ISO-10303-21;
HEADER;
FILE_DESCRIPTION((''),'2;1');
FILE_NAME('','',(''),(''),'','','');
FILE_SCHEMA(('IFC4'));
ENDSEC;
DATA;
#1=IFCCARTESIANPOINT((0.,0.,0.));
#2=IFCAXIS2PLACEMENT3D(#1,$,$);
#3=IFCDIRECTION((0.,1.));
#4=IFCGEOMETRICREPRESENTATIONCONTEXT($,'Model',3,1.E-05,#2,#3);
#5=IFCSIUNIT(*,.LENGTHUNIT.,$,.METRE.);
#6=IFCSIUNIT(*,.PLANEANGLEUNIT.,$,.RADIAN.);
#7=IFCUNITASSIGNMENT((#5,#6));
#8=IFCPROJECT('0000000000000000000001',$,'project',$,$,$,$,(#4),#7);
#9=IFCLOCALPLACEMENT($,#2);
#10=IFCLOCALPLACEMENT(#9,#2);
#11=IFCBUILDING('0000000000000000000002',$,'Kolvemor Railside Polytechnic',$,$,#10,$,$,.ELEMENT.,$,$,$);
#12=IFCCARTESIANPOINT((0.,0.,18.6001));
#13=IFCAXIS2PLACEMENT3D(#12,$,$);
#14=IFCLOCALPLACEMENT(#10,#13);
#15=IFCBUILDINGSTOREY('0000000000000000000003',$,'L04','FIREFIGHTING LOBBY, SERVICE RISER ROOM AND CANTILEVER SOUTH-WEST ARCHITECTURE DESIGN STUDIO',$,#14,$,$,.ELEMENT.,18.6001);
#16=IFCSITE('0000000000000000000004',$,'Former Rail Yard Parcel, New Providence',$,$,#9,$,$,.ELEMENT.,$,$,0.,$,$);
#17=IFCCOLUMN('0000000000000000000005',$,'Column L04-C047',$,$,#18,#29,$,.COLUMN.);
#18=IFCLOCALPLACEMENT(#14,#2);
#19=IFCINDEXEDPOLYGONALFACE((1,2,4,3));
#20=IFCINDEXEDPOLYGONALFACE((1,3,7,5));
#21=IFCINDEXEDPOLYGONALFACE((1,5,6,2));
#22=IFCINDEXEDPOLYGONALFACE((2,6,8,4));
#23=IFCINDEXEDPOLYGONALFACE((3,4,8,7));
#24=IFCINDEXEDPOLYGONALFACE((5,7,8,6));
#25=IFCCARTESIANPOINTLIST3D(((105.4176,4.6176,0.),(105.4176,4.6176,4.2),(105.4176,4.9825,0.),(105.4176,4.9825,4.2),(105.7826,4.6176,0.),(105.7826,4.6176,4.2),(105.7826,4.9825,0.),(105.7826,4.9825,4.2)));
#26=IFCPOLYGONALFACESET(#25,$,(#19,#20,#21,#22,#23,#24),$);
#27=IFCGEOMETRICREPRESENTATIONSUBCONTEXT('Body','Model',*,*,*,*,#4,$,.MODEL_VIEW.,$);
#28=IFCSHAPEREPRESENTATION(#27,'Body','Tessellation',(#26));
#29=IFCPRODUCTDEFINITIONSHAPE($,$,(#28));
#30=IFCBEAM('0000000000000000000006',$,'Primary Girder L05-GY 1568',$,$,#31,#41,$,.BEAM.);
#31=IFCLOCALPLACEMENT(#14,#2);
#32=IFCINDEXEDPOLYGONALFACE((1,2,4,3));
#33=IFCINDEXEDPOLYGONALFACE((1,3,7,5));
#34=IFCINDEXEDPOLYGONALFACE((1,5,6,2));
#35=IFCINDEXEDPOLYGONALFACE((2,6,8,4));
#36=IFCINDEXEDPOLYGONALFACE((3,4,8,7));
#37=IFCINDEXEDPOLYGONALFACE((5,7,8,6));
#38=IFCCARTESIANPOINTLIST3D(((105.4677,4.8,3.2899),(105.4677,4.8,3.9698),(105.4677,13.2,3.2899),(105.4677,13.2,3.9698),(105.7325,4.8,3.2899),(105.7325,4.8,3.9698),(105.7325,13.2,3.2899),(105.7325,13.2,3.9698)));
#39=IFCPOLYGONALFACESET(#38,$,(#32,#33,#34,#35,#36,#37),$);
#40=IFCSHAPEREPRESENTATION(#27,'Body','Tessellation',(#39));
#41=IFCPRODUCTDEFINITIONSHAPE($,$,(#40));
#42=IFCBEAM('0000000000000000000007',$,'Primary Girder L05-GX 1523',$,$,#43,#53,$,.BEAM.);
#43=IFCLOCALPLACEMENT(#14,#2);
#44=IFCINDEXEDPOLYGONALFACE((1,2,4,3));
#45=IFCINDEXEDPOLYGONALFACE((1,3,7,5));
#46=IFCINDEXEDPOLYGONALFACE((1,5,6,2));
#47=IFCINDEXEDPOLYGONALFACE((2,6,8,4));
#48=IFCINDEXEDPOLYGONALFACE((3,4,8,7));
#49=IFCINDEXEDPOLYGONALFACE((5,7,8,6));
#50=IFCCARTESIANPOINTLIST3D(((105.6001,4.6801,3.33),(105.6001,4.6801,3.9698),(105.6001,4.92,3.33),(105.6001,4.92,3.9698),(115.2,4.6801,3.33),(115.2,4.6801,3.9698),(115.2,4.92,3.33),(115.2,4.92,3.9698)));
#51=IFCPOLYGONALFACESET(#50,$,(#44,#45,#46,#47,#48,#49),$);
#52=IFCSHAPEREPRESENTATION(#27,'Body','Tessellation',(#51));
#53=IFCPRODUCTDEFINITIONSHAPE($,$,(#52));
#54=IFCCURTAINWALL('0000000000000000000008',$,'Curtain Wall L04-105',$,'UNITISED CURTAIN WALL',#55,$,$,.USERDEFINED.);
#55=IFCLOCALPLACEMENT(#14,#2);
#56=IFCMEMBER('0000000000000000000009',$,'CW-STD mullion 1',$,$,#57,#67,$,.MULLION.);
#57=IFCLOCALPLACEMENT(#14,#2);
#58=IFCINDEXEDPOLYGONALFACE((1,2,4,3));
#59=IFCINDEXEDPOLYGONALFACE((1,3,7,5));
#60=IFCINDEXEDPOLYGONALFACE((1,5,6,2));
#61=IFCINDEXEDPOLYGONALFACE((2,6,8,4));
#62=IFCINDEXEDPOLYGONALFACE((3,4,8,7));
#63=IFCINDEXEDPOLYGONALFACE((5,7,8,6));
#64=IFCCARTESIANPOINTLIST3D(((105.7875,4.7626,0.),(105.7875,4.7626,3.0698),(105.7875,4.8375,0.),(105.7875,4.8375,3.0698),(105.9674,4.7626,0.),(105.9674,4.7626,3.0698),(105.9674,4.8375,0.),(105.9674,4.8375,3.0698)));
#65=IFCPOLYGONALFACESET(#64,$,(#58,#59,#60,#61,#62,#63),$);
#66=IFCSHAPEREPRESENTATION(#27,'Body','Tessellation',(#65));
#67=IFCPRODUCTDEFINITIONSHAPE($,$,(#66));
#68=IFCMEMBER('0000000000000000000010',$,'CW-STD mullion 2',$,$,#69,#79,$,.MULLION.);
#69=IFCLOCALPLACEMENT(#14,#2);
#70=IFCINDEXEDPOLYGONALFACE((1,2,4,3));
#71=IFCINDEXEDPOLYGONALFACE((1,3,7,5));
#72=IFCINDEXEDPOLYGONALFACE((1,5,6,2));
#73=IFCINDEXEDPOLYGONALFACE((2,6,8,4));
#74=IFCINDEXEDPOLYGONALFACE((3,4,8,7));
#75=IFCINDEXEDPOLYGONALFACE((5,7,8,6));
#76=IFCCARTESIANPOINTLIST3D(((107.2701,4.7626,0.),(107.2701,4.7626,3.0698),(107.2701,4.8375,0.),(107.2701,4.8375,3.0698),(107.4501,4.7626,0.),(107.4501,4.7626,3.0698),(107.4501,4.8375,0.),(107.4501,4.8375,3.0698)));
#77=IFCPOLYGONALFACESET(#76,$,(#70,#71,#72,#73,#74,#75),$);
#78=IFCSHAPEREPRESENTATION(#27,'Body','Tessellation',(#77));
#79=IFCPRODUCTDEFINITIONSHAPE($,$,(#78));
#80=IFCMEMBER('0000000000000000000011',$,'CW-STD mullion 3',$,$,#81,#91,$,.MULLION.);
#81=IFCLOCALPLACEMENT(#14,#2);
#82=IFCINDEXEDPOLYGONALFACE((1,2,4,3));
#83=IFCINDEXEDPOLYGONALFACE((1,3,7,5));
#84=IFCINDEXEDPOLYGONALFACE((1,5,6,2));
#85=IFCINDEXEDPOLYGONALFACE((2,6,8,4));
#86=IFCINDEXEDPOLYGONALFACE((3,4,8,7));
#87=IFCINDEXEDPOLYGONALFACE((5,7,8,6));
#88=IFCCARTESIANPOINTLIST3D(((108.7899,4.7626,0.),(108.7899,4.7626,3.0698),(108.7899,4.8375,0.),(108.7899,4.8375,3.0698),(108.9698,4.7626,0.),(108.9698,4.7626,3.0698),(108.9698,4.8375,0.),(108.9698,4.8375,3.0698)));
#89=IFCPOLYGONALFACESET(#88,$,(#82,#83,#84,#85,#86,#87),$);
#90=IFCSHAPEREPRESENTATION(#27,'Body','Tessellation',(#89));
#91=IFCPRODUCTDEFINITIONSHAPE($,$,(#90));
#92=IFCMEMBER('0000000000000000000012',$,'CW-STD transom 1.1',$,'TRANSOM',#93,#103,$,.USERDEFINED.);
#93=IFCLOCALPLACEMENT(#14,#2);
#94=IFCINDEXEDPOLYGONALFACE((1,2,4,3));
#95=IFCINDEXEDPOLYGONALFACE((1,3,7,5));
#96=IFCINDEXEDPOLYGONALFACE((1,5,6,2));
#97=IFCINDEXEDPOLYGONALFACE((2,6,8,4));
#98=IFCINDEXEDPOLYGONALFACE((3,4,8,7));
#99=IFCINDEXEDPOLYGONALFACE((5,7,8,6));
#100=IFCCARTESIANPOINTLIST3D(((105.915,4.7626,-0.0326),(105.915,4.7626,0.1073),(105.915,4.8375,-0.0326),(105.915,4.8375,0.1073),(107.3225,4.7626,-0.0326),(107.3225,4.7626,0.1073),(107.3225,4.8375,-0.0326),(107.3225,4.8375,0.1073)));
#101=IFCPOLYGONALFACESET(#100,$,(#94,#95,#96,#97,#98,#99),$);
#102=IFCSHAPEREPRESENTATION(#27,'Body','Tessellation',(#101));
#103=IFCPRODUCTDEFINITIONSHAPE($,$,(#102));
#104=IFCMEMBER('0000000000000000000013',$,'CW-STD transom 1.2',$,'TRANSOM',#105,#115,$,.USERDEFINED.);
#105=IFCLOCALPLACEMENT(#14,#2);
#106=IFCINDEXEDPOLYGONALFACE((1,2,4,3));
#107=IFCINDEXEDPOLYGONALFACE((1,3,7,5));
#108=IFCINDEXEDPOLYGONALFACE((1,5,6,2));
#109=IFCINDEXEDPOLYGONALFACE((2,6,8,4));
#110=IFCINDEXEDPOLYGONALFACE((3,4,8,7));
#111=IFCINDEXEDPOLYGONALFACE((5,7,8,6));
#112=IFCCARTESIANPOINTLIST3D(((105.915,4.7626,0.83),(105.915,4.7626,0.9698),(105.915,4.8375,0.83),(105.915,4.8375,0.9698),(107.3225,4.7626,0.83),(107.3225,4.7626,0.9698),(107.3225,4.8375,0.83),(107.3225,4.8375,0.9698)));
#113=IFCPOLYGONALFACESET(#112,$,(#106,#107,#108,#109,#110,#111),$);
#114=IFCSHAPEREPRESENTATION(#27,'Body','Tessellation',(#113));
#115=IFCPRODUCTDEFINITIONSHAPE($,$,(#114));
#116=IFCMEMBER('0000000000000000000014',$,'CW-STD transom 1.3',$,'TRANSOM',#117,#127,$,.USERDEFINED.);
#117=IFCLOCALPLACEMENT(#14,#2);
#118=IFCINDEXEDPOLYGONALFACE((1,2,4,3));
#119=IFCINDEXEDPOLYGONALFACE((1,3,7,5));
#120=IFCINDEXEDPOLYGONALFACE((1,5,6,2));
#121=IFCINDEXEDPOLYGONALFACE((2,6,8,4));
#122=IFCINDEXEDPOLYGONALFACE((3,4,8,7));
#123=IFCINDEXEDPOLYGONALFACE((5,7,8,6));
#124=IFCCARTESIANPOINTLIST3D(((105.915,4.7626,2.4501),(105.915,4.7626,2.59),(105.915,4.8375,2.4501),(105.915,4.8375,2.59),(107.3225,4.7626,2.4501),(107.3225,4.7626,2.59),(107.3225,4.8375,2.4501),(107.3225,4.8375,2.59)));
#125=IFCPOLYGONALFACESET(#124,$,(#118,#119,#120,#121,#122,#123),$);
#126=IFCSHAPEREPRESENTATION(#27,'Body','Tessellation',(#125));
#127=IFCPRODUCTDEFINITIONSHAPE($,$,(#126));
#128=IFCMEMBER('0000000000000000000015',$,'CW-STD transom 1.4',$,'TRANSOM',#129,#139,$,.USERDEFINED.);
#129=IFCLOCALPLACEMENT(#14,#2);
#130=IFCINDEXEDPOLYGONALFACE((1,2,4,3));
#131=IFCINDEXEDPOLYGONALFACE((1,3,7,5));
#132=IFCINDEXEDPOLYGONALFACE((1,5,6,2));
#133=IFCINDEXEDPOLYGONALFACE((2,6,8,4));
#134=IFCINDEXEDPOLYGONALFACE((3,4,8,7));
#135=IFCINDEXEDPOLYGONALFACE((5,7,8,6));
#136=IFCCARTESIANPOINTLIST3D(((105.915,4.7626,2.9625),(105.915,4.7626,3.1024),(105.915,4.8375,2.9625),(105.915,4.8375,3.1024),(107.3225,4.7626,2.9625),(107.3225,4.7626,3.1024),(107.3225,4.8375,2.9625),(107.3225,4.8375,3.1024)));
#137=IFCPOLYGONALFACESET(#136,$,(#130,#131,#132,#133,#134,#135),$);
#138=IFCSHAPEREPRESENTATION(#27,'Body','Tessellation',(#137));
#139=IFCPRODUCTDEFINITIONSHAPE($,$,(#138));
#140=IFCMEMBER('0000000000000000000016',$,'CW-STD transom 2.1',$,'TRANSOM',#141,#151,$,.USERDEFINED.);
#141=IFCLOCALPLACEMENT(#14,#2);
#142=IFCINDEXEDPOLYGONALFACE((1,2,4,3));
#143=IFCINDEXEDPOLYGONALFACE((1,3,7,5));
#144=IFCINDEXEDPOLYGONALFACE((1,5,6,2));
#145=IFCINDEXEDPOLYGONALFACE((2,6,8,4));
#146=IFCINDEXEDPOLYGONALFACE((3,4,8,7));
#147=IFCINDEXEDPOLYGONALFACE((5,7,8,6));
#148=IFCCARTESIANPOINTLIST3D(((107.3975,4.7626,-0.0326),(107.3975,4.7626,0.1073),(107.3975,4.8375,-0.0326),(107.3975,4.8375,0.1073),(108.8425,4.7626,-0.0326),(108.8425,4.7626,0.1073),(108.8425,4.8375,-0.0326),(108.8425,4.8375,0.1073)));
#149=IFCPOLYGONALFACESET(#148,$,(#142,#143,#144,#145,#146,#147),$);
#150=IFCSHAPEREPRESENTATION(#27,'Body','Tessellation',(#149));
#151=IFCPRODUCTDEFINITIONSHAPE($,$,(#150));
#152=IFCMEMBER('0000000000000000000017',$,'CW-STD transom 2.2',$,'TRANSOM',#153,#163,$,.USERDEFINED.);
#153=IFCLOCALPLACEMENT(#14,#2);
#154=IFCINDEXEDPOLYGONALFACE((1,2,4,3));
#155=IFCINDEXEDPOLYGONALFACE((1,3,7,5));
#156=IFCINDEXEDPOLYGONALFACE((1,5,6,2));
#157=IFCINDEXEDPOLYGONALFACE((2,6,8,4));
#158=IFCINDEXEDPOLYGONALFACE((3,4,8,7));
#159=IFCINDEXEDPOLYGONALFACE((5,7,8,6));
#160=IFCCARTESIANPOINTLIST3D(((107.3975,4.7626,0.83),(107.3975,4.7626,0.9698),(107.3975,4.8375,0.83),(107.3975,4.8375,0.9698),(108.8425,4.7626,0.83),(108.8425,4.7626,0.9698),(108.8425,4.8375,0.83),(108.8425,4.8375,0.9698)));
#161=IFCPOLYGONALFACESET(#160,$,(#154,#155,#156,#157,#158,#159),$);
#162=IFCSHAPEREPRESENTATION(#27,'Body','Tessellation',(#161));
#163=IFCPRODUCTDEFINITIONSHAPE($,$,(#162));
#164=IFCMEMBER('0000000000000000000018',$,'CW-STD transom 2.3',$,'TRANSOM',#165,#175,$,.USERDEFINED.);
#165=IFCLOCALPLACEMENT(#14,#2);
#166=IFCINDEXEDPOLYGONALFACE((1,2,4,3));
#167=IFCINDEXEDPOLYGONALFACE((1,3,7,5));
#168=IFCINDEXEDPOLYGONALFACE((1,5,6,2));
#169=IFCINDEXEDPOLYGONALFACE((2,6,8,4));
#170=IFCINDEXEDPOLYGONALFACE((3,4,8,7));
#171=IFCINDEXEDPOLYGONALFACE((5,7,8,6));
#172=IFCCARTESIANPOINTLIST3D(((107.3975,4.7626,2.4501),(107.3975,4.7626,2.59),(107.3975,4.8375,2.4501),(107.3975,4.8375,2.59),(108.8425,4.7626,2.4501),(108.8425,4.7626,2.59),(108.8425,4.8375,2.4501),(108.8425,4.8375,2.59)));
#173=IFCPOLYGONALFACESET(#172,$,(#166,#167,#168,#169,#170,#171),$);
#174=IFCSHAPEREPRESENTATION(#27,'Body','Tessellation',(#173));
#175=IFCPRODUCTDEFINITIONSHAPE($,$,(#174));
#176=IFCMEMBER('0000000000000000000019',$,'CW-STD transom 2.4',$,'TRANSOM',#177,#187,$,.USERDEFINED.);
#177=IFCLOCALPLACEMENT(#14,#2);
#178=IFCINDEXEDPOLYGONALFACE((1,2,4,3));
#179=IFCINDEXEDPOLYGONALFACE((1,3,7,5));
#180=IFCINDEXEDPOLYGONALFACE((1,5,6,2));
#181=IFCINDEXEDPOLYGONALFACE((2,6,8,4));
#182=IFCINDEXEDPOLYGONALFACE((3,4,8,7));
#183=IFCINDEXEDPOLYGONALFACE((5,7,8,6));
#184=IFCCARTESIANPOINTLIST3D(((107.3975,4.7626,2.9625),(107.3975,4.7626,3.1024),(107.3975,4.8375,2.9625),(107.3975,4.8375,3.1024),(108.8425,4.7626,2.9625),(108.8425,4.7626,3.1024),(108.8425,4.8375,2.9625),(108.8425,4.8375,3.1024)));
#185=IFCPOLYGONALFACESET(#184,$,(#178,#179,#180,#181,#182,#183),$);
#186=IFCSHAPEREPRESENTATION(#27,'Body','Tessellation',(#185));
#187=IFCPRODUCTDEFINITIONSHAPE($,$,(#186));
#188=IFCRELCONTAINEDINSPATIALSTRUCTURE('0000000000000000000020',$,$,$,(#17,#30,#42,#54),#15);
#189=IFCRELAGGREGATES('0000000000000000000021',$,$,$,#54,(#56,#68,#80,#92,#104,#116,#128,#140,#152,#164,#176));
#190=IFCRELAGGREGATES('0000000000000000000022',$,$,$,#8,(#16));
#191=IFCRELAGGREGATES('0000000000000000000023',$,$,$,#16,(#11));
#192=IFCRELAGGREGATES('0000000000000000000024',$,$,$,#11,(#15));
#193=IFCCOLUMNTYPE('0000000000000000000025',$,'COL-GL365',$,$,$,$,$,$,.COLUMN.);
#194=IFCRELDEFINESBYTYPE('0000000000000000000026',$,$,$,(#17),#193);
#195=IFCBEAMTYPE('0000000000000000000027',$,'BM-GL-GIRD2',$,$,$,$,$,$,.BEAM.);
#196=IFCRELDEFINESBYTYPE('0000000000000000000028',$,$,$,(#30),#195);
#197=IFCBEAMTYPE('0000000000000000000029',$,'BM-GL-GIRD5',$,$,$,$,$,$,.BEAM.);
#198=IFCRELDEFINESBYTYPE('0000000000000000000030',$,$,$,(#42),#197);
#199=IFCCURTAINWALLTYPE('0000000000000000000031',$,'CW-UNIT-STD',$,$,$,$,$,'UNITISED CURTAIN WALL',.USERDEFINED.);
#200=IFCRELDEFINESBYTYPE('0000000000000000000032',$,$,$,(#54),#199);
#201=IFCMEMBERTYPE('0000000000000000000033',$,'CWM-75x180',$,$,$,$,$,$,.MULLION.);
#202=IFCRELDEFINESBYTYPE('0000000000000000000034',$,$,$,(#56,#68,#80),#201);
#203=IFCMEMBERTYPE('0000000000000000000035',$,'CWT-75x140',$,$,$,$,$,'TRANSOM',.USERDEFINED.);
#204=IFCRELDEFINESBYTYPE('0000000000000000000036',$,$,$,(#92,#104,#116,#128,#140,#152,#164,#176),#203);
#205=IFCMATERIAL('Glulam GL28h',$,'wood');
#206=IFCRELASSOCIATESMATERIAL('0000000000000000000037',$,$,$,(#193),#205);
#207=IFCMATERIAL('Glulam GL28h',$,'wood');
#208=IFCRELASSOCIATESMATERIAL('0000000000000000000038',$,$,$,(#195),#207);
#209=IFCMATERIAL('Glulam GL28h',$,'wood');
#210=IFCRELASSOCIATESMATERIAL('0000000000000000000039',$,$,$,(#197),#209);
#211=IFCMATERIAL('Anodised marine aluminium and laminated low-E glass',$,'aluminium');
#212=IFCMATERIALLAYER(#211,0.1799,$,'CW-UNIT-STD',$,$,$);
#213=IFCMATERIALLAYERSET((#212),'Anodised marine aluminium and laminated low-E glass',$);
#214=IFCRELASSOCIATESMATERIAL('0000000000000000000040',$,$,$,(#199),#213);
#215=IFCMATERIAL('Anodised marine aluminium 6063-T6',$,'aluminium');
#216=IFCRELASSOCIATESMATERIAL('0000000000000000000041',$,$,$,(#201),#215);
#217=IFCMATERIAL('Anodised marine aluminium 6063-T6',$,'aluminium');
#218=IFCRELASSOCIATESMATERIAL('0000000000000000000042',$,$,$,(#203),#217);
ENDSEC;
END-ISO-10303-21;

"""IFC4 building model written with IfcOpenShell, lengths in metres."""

from ifc_helpers import new_model, si_unit, direction, frame, origin, origin_2d, place, context, subcontext, project, spatial, rectangle, extrude, material, layer, layer_set, material_profile, profile_set, type_object, element, aggregate, save


model = new_model("IFC4")

# Units and contexts
model_context = context("Model", 3, precision=1e-05, world=origin(), true_north=direction((0.0, 1.0)))
body_context = subcontext(model_context, "Body", "Model", "MODEL_VIEW")
ifc_project = project(units=[si_unit("LENGTHUNIT", "METRE"), si_unit("PLANEANGLEUNIT", "RADIAN")], contexts=[model_context])

# Site, building, storey
site_placement = place(None, origin())
site = spatial("IfcSite", under=ifc_project, at=site_placement, Name="Former Rail Yard Parcel, New Providence", CompositionType="ELEMENT", RefElevation=0.0)
building_placement = place(site_placement, origin())
building = spatial("IfcBuilding", under=site, at=building_placement, Name="Kolvemor Railside Polytechnic", CompositionType="ELEMENT")
storey_placement = place(building_placement, frame((0.0, 0.0, 18.6001)))
storey = spatial("IfcBuildingStorey", under=building, at=storey_placement, Name="L04", Description="FIREFIGHTING LOBBY, SERVICE RISER ROOM AND CANTILEVER SOUTH-WEST ARCHITECTURE DESIGN STUDIO", CompositionType="ELEMENT", Elevation=18.6001)

# Column
ifc_material_1 = material(Name="Glulam GL28h", Category="wood")
ifc_material_profile_1 = material_profile(ifc_material_1, rectangle(XDim=0.365, YDim=0.365, at=origin_2d()), Name="GL365x365")
ifc_profile_set_1 = profile_set([ifc_material_profile_1], Name="Glulam GL28h")
column_type = type_object("IfcColumnType", Name="COL-GL365", PredefinedType="COLUMN", material=ifc_profile_set_1)
column_placement = place(storey_placement, frame((105.6001, 4.8, 0.0), z_axis=(0.0, 0.0, 1.0), x_axis=(1.0, 0.0, 0.0)))
element("IfcColumn", 1, at=column_placement, inside=storey, type_object=column_type, Name="Column L04-C047", PredefinedType="COLUMN", context=body_context, shape_type="SweptSolid", body=[
    extrude(rectangle(XDim=0.365, YDim=0.365, at=origin_2d()), origin(), (0.0, 0.0, 1.0), 4.2),
])

# Beams
ifc_material_2 = material(Name="Glulam GL28h", Category="wood")
ifc_material_profile_2 = material_profile(ifc_material_2, rectangle(XDim=0.2649, YDim=0.6799, at=origin_2d()), Name="GL265x680")
ifc_profile_set_2 = profile_set([ifc_material_profile_2], Name="Glulam GL28h")
beam_type_1 = type_object("IfcBeamType", Name="BM-GL-GIRD2", PredefinedType="BEAM", material=ifc_profile_set_2)
beam_1_placement = place(storey_placement, frame((105.6001, 4.8, 3.6299), z_axis=(0.0, 1.0, 0.0), x_axis=(-1.0, 0.0, 0.0)))
element("IfcBeam", 2, at=beam_1_placement, inside=storey, type_object=beam_type_1, Name="Primary Girder L05-GY 1568", PredefinedType="BEAM", context=body_context, shape_type="SweptSolid", body=[
    extrude(rectangle(XDim=0.2649, YDim=0.6799, at=origin_2d()), origin(), (0.0, 0.0, 1.0), 8.3999),
])
ifc_material_3 = material(Name="Glulam GL28h", Category="wood")
ifc_material_profile_3 = material_profile(ifc_material_3, rectangle(XDim=0.24, YDim=0.6399, at=origin_2d()), Name="GL240x640")
ifc_profile_set_3 = profile_set([ifc_material_profile_3], Name="Glulam GL28h")
beam_type_2 = type_object("IfcBeamType", Name="BM-GL-GIRD5", PredefinedType="BEAM", material=ifc_profile_set_3)
beam_2_placement = place(storey_placement, frame((105.6001, 4.8, 3.6499), z_axis=(1.0, 0.0, 0.0), x_axis=(0.0, 1.0, 0.0)))
element("IfcBeam", 3, at=beam_2_placement, inside=storey, type_object=beam_type_2, Name="Primary Girder L05-GX 1523", PredefinedType="BEAM", context=body_context, shape_type="SweptSolid", body=[
    extrude(rectangle(XDim=0.24, YDim=0.6399, at=origin_2d()), origin(), (0.0, 0.0, 1.0), 9.5999),
])

# Curtain wall, members
ifc_material_4 = material(Name="Anodised marine aluminium and laminated low-E glass", Category="aluminium")
ifc_layer_1 = layer(ifc_material_4, 0.1799, Name="CW-UNIT-STD")
ifc_layer_set_1 = layer_set([ifc_layer_1], Name="Anodised marine aluminium and laminated low-E glass")
curtain_wall_type = type_object("IfcCurtainWallType", Name="CW-UNIT-STD", ElementType="UNITISED CURTAIN WALL", PredefinedType="USERDEFINED", material=ifc_layer_set_1)
curtain_wall_placement = place(storey_placement, origin())
curtain_wall = element("IfcCurtainWall", 4, at=curtain_wall_placement, inside=storey, type_object=curtain_wall_type, Name="Curtain Wall L04-105", ObjectType="UNITISED CURTAIN WALL", PredefinedType="USERDEFINED")
ifc_material_5 = material(Name="Anodised marine aluminium 6063-T6", Category="aluminium")
ifc_material_profile_4 = material_profile(ifc_material_5, rectangle(XDim=0.075, YDim=0.1799, at=origin_2d()), Name="CW-MUL-75x180")
ifc_profile_set_4 = profile_set([ifc_material_profile_4], Name="Anodised marine aluminium 6063-T6")
member_type_1 = type_object("IfcMemberType", Name="CWM-75x180", PredefinedType="MULLION", material=ifc_profile_set_4)
member_1_placement = place(storey_placement, frame((105.8774, 4.8, 0.0), z_axis=(0.0, 0.0, 1.0), x_axis=(0.0, 1.0, 0.0)))
member_1 = element("IfcMember", 5, at=member_1_placement, type_object=member_type_1, Name="CW-STD mullion 1", PredefinedType="MULLION", context=body_context, shape_type="SweptSolid", body=[
    extrude(rectangle(XDim=0.075, YDim=0.1799, at=origin_2d()), origin(), (0.0, 0.0, 1.0), 3.0698),
])
member_2_placement = place(storey_placement, frame((107.3601, 4.8, 0.0), z_axis=(0.0, 0.0, 1.0), x_axis=(0.0, 1.0, 0.0)))
member_2 = element("IfcMember", 6, at=member_2_placement, type_object=member_type_1, Name="CW-STD mullion 2", PredefinedType="MULLION", context=body_context, shape_type="SweptSolid", body=[
    extrude(rectangle(XDim=0.075, YDim=0.1799, at=origin_2d()), origin(), (0.0, 0.0, 1.0), 3.0698),
])
member_3_placement = place(storey_placement, frame((108.8799, 4.8, 0.0), z_axis=(0.0, 0.0, 1.0), x_axis=(0.0, 1.0, 0.0)))
member_3 = element("IfcMember", 7, at=member_3_placement, type_object=member_type_1, Name="CW-STD mullion 3", PredefinedType="MULLION", context=body_context, shape_type="SweptSolid", body=[
    extrude(rectangle(XDim=0.075, YDim=0.1799, at=origin_2d()), origin(), (0.0, 0.0, 1.0), 3.0698),
])
ifc_material_6 = material(Name="Anodised marine aluminium 6063-T6", Category="aluminium")
ifc_material_profile_5 = material_profile(ifc_material_6, rectangle(XDim=0.075, YDim=0.1399, at=origin_2d()), Name="CW-TRN-75x140")
ifc_profile_set_5 = profile_set([ifc_material_profile_5], Name="Anodised marine aluminium 6063-T6")
member_type_2 = type_object("IfcMemberType", Name="CWT-75x140", ElementType="TRANSOM", PredefinedType="USERDEFINED", material=ifc_profile_set_5)
member_4_placement = place(storey_placement, frame((105.915, 4.8, 0.0374), z_axis=(1.0, 0.0, 0.0), x_axis=(0.0, 1.0, 0.0)))
member_4 = element("IfcMember", 8, at=member_4_placement, type_object=member_type_2, Name="CW-STD transom 1.1", ObjectType="TRANSOM", PredefinedType="USERDEFINED", context=body_context, shape_type="SweptSolid", body=[
    extrude(rectangle(XDim=0.075, YDim=0.1399, at=origin_2d()), origin(), (0.0, 0.0, 1.0), 1.4075),
])
member_5_placement = place(storey_placement, frame((105.915, 4.8, 0.8999), z_axis=(1.0, 0.0, 0.0), x_axis=(0.0, 1.0, 0.0)))
member_5 = element("IfcMember", 9, at=member_5_placement, type_object=member_type_2, Name="CW-STD transom 1.2", ObjectType="TRANSOM", PredefinedType="USERDEFINED", context=body_context, shape_type="SweptSolid", body=[
    extrude(rectangle(XDim=0.075, YDim=0.1399, at=origin_2d()), origin(), (0.0, 0.0, 1.0), 1.4075),
])
member_6_placement = place(storey_placement, frame((105.915, 4.8, 2.52), z_axis=(1.0, 0.0, 0.0), x_axis=(0.0, 1.0, 0.0)))
member_6 = element("IfcMember", 10, at=member_6_placement, type_object=member_type_2, Name="CW-STD transom 1.3", ObjectType="TRANSOM", PredefinedType="USERDEFINED", context=body_context, shape_type="SweptSolid", body=[
    extrude(rectangle(XDim=0.075, YDim=0.1399, at=origin_2d()), origin(), (0.0, 0.0, 1.0), 1.4075),
])
member_7_placement = place(storey_placement, frame((105.915, 4.8, 3.0325), z_axis=(1.0, 0.0, 0.0), x_axis=(0.0, 1.0, 0.0)))
member_7 = element("IfcMember", 11, at=member_7_placement, type_object=member_type_2, Name="CW-STD transom 1.4", ObjectType="TRANSOM", PredefinedType="USERDEFINED", context=body_context, shape_type="SweptSolid", body=[
    extrude(rectangle(XDim=0.075, YDim=0.1399, at=origin_2d()), origin(), (0.0, 0.0, 1.0), 1.4075),
])
member_8_placement = place(storey_placement, frame((107.3975, 4.8, 0.0374), z_axis=(1.0, 0.0, 0.0), x_axis=(0.0, 1.0, 0.0)))
member_8 = element("IfcMember", 12, at=member_8_placement, type_object=member_type_2, Name="CW-STD transom 2.1", ObjectType="TRANSOM", PredefinedType="USERDEFINED", context=body_context, shape_type="SweptSolid", body=[
    extrude(rectangle(XDim=0.075, YDim=0.1399, at=origin_2d()), origin(), (0.0, 0.0, 1.0), 1.4451),
])
member_9_placement = place(storey_placement, frame((107.3975, 4.8, 0.8999), z_axis=(1.0, 0.0, 0.0), x_axis=(0.0, 1.0, 0.0)))
member_9 = element("IfcMember", 13, at=member_9_placement, type_object=member_type_2, Name="CW-STD transom 2.2", ObjectType="TRANSOM", PredefinedType="USERDEFINED", context=body_context, shape_type="SweptSolid", body=[
    extrude(rectangle(XDim=0.075, YDim=0.1399, at=origin_2d()), origin(), (0.0, 0.0, 1.0), 1.4451),
])
member_10_placement = place(storey_placement, frame((107.3975, 4.8, 2.52), z_axis=(1.0, 0.0, 0.0), x_axis=(0.0, 1.0, 0.0)))
member_10 = element("IfcMember", 14, at=member_10_placement, type_object=member_type_2, Name="CW-STD transom 2.3", ObjectType="TRANSOM", PredefinedType="USERDEFINED", context=body_context, shape_type="SweptSolid", body=[
    extrude(rectangle(XDim=0.075, YDim=0.1399, at=origin_2d()), origin(), (0.0, 0.0, 1.0), 1.4451),
])
member_11_placement = place(storey_placement, frame((107.3975, 4.8, 3.0325), z_axis=(1.0, 0.0, 0.0), x_axis=(0.0, 1.0, 0.0)))
member_11 = element("IfcMember", 15, at=member_11_placement, type_object=member_type_2, Name="CW-STD transom 2.4", ObjectType="TRANSOM", PredefinedType="USERDEFINED", context=body_context, shape_type="SweptSolid", body=[
    extrude(rectangle(XDim=0.075, YDim=0.1399, at=origin_2d()), origin(), (0.0, 0.0, 1.0), 1.4451),
])
aggregate(curtain_wall, [member_1, member_2, member_3, member_4, member_5, member_6, member_7, member_8, member_9, member_10, member_11])

save(model, "model.ifc")
